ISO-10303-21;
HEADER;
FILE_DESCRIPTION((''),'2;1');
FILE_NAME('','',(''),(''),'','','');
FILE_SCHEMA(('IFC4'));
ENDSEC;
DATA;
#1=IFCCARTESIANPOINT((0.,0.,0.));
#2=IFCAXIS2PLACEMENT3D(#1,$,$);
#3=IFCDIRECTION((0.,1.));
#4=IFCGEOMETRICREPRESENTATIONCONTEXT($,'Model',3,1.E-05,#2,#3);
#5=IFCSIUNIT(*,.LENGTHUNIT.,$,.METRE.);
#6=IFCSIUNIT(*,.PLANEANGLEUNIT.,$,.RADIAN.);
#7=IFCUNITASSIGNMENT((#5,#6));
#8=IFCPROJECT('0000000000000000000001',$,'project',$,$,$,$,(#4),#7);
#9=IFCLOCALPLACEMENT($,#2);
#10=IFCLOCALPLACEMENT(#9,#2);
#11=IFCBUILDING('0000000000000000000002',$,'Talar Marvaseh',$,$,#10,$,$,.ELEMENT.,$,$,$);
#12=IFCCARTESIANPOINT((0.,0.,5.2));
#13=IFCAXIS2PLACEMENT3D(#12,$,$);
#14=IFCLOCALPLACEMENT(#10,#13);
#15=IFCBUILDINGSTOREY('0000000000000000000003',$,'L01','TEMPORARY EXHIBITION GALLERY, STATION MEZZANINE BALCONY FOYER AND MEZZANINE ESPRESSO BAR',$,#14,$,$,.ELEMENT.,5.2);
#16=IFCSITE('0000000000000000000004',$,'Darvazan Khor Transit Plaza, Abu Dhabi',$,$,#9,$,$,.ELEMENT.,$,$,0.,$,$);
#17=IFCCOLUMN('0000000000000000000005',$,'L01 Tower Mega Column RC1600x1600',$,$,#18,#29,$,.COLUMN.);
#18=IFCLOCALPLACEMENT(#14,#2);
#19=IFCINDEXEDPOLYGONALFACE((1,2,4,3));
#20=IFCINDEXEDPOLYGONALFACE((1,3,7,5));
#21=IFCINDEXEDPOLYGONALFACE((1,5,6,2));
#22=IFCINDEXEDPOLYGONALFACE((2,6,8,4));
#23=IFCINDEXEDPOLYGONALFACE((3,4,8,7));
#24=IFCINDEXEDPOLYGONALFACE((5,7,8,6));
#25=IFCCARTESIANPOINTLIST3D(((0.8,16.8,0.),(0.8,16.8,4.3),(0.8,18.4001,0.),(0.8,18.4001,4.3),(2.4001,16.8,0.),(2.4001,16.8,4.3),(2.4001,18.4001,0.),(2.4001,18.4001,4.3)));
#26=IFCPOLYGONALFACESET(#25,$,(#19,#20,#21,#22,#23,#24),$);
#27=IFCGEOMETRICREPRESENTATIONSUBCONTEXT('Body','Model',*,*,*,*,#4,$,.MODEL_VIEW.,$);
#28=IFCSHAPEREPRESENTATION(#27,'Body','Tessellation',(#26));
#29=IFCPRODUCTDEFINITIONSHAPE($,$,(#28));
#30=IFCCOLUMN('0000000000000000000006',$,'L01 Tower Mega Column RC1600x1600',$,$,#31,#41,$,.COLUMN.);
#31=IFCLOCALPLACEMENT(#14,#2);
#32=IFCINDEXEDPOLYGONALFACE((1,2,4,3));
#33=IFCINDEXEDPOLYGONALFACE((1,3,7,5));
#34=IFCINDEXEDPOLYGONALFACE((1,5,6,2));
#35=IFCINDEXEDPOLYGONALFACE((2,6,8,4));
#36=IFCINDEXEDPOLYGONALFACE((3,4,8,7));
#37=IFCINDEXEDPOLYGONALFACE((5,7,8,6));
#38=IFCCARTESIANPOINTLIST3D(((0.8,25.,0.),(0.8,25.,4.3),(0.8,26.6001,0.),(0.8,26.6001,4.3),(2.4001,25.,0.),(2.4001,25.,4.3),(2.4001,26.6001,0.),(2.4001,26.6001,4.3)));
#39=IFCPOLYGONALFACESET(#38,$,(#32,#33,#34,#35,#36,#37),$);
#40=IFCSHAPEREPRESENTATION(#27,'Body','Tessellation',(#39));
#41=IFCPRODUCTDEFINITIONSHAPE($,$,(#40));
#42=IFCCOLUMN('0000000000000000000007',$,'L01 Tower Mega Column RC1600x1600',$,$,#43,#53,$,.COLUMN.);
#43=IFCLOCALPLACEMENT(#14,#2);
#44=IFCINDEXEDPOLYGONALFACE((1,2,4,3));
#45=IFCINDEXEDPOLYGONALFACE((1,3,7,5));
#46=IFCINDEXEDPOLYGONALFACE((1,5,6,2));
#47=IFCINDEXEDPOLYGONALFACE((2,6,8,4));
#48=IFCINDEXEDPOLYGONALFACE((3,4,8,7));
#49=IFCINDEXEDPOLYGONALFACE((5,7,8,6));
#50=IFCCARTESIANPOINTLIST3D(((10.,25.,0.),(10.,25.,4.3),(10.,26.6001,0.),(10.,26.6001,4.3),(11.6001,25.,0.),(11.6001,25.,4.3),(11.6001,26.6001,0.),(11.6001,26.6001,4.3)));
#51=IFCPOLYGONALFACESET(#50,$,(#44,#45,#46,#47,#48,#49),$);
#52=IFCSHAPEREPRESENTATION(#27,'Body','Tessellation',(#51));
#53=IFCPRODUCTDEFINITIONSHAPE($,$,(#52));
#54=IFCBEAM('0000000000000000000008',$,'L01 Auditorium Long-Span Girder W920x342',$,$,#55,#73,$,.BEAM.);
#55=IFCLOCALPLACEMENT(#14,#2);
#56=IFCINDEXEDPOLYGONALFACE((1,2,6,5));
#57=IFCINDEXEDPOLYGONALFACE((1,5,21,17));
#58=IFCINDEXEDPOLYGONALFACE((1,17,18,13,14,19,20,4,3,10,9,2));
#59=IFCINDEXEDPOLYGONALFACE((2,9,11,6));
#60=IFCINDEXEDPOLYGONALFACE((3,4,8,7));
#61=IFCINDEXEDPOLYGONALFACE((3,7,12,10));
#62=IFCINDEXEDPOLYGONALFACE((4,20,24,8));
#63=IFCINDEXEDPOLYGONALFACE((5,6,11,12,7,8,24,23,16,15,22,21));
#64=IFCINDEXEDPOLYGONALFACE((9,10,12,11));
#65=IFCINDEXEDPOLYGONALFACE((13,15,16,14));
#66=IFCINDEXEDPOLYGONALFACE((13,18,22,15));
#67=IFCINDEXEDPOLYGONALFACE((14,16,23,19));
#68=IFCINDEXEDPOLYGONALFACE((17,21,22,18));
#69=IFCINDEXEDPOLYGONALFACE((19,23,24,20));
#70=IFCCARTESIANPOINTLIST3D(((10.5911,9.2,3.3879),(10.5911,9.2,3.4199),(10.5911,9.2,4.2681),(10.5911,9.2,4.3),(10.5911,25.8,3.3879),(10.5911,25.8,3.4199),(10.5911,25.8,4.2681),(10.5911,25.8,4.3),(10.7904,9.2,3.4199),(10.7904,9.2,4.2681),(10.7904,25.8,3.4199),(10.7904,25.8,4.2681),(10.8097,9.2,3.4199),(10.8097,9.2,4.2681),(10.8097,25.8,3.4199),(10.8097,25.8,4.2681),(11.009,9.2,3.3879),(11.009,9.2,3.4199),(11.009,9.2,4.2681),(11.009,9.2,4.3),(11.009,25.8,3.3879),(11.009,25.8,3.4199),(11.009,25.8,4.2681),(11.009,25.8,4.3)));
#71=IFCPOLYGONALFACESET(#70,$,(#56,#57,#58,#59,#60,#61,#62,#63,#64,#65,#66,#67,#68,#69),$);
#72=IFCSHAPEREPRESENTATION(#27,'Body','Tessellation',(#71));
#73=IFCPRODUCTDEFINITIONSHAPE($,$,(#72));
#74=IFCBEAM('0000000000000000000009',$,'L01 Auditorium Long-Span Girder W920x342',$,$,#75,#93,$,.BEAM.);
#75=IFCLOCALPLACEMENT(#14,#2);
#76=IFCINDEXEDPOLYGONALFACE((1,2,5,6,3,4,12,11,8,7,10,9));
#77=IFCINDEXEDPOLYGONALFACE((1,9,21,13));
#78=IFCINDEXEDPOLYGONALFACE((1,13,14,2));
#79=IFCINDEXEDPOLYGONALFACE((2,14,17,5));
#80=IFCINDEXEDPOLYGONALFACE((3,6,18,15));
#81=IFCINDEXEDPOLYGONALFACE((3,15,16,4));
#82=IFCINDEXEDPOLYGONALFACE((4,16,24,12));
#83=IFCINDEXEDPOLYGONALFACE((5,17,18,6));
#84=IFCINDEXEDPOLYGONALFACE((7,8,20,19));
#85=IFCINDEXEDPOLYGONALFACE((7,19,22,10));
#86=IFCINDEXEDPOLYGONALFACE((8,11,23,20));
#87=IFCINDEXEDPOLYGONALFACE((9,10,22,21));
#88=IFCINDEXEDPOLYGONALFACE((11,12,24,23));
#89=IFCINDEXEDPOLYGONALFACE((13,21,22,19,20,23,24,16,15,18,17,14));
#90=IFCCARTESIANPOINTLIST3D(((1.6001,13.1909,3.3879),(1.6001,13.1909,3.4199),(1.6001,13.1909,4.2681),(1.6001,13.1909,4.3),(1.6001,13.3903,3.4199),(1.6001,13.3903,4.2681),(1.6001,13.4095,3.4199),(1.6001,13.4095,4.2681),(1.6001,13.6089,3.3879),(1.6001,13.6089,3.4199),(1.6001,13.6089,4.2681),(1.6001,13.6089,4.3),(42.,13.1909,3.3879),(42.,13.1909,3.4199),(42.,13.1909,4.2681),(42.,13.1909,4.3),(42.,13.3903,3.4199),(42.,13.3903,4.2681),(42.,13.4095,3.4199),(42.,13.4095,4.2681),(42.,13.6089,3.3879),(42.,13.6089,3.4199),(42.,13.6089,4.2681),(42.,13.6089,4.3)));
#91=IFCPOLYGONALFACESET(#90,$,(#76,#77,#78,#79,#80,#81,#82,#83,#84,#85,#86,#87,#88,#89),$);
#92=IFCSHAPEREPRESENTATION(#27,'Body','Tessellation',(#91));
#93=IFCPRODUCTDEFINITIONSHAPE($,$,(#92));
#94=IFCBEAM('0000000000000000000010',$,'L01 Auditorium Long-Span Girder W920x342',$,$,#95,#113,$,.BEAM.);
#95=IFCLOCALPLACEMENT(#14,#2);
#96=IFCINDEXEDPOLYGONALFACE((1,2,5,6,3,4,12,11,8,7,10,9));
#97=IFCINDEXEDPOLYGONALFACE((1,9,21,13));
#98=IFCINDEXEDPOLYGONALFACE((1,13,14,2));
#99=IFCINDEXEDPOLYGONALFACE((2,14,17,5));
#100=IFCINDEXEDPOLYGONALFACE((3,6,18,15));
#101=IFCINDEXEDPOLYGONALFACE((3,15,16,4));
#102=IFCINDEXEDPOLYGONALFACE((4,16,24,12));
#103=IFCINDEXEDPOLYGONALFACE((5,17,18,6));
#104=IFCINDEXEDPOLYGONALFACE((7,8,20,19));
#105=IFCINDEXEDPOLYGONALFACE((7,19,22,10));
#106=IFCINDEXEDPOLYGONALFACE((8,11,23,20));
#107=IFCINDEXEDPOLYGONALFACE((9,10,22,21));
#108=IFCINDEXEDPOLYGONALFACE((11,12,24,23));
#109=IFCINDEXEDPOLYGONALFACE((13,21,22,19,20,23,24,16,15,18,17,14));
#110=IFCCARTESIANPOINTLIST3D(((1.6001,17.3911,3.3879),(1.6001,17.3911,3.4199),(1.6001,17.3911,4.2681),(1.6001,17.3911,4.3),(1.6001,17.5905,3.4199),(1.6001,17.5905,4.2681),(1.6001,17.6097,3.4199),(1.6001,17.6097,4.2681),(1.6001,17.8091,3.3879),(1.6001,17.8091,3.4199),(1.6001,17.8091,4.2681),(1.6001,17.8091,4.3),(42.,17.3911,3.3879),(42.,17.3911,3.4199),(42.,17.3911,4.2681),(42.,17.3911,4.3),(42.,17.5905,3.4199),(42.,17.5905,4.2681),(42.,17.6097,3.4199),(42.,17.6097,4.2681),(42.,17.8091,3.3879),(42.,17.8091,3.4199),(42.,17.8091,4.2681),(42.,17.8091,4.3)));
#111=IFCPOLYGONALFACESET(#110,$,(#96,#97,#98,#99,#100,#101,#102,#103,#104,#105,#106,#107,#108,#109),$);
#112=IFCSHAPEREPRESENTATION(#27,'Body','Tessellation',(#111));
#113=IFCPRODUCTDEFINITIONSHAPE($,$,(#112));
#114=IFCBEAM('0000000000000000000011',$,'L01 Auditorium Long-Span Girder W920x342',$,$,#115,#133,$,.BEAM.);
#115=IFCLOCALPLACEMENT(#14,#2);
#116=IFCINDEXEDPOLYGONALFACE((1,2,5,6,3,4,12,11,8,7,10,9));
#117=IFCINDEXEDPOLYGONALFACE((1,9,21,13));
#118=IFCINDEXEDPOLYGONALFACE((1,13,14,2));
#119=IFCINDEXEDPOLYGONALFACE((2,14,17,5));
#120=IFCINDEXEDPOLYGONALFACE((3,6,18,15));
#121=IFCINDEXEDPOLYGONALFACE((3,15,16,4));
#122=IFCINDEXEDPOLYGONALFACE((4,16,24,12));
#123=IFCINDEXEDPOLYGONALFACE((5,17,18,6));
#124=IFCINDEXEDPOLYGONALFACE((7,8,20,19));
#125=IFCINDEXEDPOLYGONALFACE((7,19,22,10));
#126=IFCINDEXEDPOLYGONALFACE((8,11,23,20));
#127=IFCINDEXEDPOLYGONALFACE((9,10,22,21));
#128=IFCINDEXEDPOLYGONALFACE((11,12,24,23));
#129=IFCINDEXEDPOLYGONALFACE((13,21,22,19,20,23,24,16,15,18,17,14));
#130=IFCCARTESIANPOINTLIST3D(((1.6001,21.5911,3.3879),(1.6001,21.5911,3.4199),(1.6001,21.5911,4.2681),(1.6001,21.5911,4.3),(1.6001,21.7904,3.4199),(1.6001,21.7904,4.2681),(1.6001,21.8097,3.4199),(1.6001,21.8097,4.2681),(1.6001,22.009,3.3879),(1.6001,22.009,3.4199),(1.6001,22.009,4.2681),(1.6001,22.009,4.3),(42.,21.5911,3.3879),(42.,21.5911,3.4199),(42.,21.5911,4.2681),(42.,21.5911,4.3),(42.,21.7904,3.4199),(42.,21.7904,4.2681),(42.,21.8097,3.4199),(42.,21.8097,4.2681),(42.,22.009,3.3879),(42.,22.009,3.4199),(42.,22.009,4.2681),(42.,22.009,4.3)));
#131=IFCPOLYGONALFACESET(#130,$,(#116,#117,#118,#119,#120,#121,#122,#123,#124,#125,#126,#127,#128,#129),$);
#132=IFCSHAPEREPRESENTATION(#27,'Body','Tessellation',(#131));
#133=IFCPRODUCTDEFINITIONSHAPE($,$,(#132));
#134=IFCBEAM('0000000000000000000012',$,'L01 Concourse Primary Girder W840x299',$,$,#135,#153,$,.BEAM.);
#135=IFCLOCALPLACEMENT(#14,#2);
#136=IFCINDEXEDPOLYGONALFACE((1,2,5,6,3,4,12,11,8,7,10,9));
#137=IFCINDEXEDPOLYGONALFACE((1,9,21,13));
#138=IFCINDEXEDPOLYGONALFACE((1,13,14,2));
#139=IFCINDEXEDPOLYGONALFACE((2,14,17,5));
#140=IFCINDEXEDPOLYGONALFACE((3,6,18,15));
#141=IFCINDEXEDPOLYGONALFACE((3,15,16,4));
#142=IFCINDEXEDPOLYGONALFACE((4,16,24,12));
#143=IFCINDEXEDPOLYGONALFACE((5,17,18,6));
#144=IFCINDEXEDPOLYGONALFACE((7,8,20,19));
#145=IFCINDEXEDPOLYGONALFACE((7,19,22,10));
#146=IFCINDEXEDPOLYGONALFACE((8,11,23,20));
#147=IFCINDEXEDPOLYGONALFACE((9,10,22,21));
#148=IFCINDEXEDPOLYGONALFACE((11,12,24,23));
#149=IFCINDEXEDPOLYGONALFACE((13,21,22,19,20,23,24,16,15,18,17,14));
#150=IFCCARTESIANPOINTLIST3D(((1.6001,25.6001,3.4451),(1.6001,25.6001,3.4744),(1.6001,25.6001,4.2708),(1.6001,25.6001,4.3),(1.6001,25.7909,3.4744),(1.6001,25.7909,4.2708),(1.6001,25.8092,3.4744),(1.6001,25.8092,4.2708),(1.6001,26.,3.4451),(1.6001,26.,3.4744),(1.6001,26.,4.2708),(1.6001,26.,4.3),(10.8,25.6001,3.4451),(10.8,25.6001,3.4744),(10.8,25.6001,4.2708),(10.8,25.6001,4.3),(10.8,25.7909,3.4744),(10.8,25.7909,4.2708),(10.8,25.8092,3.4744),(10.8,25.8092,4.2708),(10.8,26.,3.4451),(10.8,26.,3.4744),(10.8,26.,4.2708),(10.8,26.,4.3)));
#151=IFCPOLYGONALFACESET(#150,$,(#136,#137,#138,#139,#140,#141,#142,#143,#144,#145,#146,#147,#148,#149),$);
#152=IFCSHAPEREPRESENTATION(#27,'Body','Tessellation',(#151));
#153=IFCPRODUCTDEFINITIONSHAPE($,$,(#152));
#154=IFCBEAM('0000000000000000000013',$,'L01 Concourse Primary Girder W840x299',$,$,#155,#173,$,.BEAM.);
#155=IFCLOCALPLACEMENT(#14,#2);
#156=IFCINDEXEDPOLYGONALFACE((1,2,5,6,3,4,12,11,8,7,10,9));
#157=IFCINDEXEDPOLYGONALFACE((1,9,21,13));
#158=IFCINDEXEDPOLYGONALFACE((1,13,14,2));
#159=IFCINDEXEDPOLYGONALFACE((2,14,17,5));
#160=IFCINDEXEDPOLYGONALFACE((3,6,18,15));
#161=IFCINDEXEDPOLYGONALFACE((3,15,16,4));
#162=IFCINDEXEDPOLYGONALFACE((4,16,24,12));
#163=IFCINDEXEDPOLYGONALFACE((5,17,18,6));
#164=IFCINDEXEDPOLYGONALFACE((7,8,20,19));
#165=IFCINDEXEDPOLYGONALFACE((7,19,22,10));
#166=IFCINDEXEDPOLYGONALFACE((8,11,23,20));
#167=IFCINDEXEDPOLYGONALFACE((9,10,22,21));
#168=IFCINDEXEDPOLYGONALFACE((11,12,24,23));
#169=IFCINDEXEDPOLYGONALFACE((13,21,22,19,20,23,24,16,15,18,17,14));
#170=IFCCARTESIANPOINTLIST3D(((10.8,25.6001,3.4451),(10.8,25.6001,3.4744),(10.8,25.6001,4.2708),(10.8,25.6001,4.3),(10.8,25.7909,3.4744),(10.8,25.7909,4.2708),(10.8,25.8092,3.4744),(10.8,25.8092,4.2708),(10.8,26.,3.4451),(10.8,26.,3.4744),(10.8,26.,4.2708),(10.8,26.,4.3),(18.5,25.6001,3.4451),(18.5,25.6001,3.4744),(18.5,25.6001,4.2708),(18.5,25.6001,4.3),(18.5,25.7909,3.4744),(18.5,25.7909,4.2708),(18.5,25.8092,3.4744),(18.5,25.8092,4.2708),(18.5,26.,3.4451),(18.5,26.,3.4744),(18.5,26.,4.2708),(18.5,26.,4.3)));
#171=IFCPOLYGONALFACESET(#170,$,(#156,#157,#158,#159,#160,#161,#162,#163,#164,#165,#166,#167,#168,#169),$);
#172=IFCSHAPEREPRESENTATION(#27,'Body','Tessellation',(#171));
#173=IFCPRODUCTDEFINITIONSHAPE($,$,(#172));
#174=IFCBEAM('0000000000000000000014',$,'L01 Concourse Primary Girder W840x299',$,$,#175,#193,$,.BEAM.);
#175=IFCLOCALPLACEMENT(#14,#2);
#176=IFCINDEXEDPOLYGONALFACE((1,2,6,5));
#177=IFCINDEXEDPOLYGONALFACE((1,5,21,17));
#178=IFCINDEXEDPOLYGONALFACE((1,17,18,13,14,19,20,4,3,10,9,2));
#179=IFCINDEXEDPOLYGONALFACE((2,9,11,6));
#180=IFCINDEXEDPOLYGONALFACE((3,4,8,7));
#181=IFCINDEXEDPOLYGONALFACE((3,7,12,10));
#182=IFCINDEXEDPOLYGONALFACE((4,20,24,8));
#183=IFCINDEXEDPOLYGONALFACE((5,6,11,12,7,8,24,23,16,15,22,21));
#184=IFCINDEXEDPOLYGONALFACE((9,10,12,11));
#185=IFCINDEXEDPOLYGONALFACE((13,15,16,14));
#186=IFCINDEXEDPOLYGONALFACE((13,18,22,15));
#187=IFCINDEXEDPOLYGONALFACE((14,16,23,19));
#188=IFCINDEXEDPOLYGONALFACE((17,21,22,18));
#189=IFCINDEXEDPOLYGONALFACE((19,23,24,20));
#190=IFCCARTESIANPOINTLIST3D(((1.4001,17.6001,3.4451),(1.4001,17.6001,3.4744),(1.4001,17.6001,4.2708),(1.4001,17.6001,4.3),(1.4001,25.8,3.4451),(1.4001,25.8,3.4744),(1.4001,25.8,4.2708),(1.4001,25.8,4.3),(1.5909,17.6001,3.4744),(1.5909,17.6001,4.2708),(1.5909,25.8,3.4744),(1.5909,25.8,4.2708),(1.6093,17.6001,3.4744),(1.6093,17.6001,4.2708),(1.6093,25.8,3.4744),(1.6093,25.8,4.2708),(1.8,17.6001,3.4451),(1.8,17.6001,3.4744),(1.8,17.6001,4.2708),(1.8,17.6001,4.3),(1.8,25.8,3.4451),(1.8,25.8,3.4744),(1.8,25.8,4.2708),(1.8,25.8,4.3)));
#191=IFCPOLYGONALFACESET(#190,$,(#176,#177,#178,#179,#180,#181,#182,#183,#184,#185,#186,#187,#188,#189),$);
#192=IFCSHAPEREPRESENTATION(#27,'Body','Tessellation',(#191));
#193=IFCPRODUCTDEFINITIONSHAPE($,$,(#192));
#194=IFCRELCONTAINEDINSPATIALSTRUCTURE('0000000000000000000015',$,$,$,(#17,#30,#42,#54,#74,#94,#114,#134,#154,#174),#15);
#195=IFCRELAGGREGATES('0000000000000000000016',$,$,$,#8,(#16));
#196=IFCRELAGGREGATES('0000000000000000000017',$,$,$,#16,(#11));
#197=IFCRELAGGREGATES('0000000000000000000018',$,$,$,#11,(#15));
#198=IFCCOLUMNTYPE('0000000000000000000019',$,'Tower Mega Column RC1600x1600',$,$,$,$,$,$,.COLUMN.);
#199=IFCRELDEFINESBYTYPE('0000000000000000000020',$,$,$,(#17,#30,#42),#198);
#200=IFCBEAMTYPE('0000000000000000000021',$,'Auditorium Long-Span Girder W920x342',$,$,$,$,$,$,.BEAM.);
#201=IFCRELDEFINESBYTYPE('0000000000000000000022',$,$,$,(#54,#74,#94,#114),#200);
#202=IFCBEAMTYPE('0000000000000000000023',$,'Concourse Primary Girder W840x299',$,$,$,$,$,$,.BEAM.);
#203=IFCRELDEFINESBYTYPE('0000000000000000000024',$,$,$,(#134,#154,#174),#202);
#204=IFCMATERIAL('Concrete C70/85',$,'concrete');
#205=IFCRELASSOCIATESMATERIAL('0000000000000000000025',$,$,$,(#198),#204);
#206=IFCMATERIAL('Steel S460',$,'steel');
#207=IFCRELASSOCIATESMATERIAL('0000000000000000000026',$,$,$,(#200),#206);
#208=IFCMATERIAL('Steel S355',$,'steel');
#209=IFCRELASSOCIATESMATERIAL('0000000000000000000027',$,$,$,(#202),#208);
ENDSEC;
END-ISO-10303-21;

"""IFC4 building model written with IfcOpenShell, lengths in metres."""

from ifc_helpers import new_model, si_unit, direction, frame, origin, origin_2d, place, context, subcontext, project, spatial, rectangle, i_section, extrude, material, material_profile, profile_set, type_object, element, save


model = new_model("IFC4")

# Units and contexts
model_context = context("Model", 3, precision=1e-05, world=origin(), true_north=direction((0.0, 1.0)))
body_context = subcontext(model_context, "Body", "Model", "MODEL_VIEW")
ifc_project = project(units=[si_unit("LENGTHUNIT", "METRE"), si_unit("PLANEANGLEUNIT", "RADIAN")], contexts=[model_context])

# Site, building, storey
site_placement = place(None, origin())
site = spatial("IfcSite", under=ifc_project, at=site_placement, Name="Darvazan Khor Transit Plaza, Abu Dhabi", CompositionType="ELEMENT", RefElevation=0.0)
building_placement = place(site_placement, origin())
building = spatial("IfcBuilding", under=site, at=building_placement, Name="Talar Marvaseh", CompositionType="ELEMENT")
storey_placement = place(building_placement, frame((0.0, 0.0, 5.2)))
storey = spatial("IfcBuildingStorey", under=building, at=storey_placement, Name="L01", Description="TEMPORARY EXHIBITION GALLERY, STATION MEZZANINE BALCONY FOYER AND MEZZANINE ESPRESSO BAR", CompositionType="ELEMENT", Elevation=5.2)

# Columns
ifc_material_1 = material(Name="Concrete C70/85", Category="concrete")
ifc_material_profile_1 = material_profile(ifc_material_1, rectangle(XDim=1.6001, YDim=1.6001, at=origin_2d()), Name="RC1600x1600")
ifc_profile_set_1 = profile_set([ifc_material_profile_1], Name="Concrete C70/85")
column_type = type_object("IfcColumnType", Name="Tower Mega Column RC1600x1600", PredefinedType="COLUMN", material=ifc_profile_set_1)
for number, where, z_axis, x_axis, name in (
    (1, (1.6001, 17.6001, 0.0), (0.0, 0.0, 1.0), (1.0, 0.0, 0.0), "L01 Tower Mega Column RC1600x1600"),
    (2, (1.6001, 25.8, 0.0), (0.0, 0.0, 1.0), (1.0, 0.0, 0.0), "L01 Tower Mega Column RC1600x1600"),
    (3, (10.8, 25.8, 0.0), (0.0, 0.0, 1.0), (1.0, 0.0, 0.0), "L01 Tower Mega Column RC1600x1600"),
):
    element("IfcColumn", number, at=place(storey_placement, frame(where, z_axis=z_axis, x_axis=x_axis)), inside=storey, type_object=column_type, Name=name, PredefinedType="COLUMN", context=body_context, shape_type="SweptSolid", body=[
        extrude(rectangle(XDim=1.6001, YDim=1.6001, at=origin_2d()), origin(), (0.0, 0.0, 1.0), 4.3),
    ])

# Beams
ifc_material_2 = material(Name="Steel S460", Category="steel")
ifc_material_profile_2 = material_profile(ifc_material_2, i_section(OverallWidth=0.418, OverallDepth=0.9121, WebThickness=0.0193, FlangeThickness=0.032, at=origin_2d()), Name="W920x342")
ifc_profile_set_2 = profile_set([ifc_material_profile_2], Name="Steel S460")
beam_type_1 = type_object("IfcBeamType", Name="Auditorium Long-Span Girder W920x342", PredefinedType="BEAM", material=ifc_profile_set_2)
beam_1_placement = place(storey_placement, frame((10.8, 9.2, 3.844), z_axis=(0.0, 1.0, 0.0), x_axis=(-1.0, 0.0, 0.0)))
element("IfcBeam", 4, at=beam_1_placement, inside=storey, type_object=beam_type_1, Name="L01 Auditorium Long-Span Girder W920x342", PredefinedType="BEAM", context=body_context, shape_type="SweptSolid", body=[
    extrude(i_section(OverallWidth=0.418, OverallDepth=0.9121, WebThickness=0.0193, FlangeThickness=0.032, at=origin_2d()), origin(), (0.0, 0.0, 1.0), 16.6001),
])
for number, where, z_axis, x_axis, name in (
    (5, (1.6001, 13.3999, 3.844), (1.0, 0.0, 0.0), (0.0, 1.0, 0.0), "L01 Auditorium Long-Span Girder W920x342"),
    (6, (1.6001, 17.6001, 3.844), (1.0, 0.0, 0.0), (0.0, 1.0, 0.0), "L01 Auditorium Long-Span Girder W920x342"),
    (7, (1.6001, 21.8, 3.844), (1.0, 0.0, 0.0), (0.0, 1.0, 0.0), "L01 Auditorium Long-Span Girder W920x342"),
):
    element("IfcBeam", number, at=place(storey_placement, frame(where, z_axis=z_axis, x_axis=x_axis)), inside=storey, type_object=beam_type_1, Name=name, PredefinedType="BEAM", context=body_context, shape_type="SweptSolid", body=[
        extrude(i_section(OverallWidth=0.418, OverallDepth=0.9121, WebThickness=0.0193, FlangeThickness=0.032, at=origin_2d()), origin(), (0.0, 0.0, 1.0), 40.3999),
    ])
ifc_material_3 = material(Name="Steel S355", Category="steel")
ifc_material_profile_3 = material_profile(ifc_material_3, i_section(OverallWidth=0.3999, OverallDepth=0.855, WebThickness=0.0183, FlangeThickness=0.0293, at=origin_2d()), Name="W840x299")
ifc_profile_set_3 = profile_set([ifc_material_profile_3], Name="Steel S355")
beam_type_2 = type_object("IfcBeamType", Name="Concourse Primary Girder W840x299", PredefinedType="BEAM", material=ifc_profile_set_3)
beam_2_placement = place(storey_placement, frame((1.6001, 25.8, 3.8726), z_axis=(1.0, 0.0, 0.0), x_axis=(0.0, 1.0, 0.0)))
element("IfcBeam", 8, at=beam_2_placement, inside=storey, type_object=beam_type_2, Name="L01 Concourse Primary Girder W840x299", PredefinedType="BEAM", context=body_context, shape_type="SweptSolid", body=[
    extrude(i_section(OverallWidth=0.3999, OverallDepth=0.855, WebThickness=0.0183, FlangeThickness=0.0293, at=origin_2d()), origin(), (0.0, 0.0, 1.0), 9.2),
])
beam_3_placement = place(storey_placement, frame((10.8, 25.8, 3.8726), z_axis=(1.0, 0.0, 0.0), x_axis=(0.0, 1.0, 0.0)))
element("IfcBeam", 9, at=beam_3_placement, inside=storey, type_object=beam_type_2, Name="L01 Concourse Primary Girder W840x299", PredefinedType="BEAM", context=body_context, shape_type="SweptSolid", body=[
    extrude(i_section(OverallWidth=0.3999, OverallDepth=0.855, WebThickness=0.0183, FlangeThickness=0.0293, at=origin_2d()), origin(), (0.0, 0.0, 1.0), 7.7),
])
beam_4_placement = place(storey_placement, frame((1.6001, 17.6001, 3.8726), z_axis=(0.0, 1.0, 0.0), x_axis=(-1.0, 0.0, 0.0)))
element("IfcBeam", 10, at=beam_4_placement, inside=storey, type_object=beam_type_2, Name="L01 Concourse Primary Girder W840x299", PredefinedType="BEAM", context=body_context, shape_type="SweptSolid", body=[
    extrude(i_section(OverallWidth=0.3999, OverallDepth=0.855, WebThickness=0.0183, FlangeThickness=0.0293, at=origin_2d()), origin(), (0.0, 0.0, 1.0), 8.2),
])

save(model, "model.ifc")
